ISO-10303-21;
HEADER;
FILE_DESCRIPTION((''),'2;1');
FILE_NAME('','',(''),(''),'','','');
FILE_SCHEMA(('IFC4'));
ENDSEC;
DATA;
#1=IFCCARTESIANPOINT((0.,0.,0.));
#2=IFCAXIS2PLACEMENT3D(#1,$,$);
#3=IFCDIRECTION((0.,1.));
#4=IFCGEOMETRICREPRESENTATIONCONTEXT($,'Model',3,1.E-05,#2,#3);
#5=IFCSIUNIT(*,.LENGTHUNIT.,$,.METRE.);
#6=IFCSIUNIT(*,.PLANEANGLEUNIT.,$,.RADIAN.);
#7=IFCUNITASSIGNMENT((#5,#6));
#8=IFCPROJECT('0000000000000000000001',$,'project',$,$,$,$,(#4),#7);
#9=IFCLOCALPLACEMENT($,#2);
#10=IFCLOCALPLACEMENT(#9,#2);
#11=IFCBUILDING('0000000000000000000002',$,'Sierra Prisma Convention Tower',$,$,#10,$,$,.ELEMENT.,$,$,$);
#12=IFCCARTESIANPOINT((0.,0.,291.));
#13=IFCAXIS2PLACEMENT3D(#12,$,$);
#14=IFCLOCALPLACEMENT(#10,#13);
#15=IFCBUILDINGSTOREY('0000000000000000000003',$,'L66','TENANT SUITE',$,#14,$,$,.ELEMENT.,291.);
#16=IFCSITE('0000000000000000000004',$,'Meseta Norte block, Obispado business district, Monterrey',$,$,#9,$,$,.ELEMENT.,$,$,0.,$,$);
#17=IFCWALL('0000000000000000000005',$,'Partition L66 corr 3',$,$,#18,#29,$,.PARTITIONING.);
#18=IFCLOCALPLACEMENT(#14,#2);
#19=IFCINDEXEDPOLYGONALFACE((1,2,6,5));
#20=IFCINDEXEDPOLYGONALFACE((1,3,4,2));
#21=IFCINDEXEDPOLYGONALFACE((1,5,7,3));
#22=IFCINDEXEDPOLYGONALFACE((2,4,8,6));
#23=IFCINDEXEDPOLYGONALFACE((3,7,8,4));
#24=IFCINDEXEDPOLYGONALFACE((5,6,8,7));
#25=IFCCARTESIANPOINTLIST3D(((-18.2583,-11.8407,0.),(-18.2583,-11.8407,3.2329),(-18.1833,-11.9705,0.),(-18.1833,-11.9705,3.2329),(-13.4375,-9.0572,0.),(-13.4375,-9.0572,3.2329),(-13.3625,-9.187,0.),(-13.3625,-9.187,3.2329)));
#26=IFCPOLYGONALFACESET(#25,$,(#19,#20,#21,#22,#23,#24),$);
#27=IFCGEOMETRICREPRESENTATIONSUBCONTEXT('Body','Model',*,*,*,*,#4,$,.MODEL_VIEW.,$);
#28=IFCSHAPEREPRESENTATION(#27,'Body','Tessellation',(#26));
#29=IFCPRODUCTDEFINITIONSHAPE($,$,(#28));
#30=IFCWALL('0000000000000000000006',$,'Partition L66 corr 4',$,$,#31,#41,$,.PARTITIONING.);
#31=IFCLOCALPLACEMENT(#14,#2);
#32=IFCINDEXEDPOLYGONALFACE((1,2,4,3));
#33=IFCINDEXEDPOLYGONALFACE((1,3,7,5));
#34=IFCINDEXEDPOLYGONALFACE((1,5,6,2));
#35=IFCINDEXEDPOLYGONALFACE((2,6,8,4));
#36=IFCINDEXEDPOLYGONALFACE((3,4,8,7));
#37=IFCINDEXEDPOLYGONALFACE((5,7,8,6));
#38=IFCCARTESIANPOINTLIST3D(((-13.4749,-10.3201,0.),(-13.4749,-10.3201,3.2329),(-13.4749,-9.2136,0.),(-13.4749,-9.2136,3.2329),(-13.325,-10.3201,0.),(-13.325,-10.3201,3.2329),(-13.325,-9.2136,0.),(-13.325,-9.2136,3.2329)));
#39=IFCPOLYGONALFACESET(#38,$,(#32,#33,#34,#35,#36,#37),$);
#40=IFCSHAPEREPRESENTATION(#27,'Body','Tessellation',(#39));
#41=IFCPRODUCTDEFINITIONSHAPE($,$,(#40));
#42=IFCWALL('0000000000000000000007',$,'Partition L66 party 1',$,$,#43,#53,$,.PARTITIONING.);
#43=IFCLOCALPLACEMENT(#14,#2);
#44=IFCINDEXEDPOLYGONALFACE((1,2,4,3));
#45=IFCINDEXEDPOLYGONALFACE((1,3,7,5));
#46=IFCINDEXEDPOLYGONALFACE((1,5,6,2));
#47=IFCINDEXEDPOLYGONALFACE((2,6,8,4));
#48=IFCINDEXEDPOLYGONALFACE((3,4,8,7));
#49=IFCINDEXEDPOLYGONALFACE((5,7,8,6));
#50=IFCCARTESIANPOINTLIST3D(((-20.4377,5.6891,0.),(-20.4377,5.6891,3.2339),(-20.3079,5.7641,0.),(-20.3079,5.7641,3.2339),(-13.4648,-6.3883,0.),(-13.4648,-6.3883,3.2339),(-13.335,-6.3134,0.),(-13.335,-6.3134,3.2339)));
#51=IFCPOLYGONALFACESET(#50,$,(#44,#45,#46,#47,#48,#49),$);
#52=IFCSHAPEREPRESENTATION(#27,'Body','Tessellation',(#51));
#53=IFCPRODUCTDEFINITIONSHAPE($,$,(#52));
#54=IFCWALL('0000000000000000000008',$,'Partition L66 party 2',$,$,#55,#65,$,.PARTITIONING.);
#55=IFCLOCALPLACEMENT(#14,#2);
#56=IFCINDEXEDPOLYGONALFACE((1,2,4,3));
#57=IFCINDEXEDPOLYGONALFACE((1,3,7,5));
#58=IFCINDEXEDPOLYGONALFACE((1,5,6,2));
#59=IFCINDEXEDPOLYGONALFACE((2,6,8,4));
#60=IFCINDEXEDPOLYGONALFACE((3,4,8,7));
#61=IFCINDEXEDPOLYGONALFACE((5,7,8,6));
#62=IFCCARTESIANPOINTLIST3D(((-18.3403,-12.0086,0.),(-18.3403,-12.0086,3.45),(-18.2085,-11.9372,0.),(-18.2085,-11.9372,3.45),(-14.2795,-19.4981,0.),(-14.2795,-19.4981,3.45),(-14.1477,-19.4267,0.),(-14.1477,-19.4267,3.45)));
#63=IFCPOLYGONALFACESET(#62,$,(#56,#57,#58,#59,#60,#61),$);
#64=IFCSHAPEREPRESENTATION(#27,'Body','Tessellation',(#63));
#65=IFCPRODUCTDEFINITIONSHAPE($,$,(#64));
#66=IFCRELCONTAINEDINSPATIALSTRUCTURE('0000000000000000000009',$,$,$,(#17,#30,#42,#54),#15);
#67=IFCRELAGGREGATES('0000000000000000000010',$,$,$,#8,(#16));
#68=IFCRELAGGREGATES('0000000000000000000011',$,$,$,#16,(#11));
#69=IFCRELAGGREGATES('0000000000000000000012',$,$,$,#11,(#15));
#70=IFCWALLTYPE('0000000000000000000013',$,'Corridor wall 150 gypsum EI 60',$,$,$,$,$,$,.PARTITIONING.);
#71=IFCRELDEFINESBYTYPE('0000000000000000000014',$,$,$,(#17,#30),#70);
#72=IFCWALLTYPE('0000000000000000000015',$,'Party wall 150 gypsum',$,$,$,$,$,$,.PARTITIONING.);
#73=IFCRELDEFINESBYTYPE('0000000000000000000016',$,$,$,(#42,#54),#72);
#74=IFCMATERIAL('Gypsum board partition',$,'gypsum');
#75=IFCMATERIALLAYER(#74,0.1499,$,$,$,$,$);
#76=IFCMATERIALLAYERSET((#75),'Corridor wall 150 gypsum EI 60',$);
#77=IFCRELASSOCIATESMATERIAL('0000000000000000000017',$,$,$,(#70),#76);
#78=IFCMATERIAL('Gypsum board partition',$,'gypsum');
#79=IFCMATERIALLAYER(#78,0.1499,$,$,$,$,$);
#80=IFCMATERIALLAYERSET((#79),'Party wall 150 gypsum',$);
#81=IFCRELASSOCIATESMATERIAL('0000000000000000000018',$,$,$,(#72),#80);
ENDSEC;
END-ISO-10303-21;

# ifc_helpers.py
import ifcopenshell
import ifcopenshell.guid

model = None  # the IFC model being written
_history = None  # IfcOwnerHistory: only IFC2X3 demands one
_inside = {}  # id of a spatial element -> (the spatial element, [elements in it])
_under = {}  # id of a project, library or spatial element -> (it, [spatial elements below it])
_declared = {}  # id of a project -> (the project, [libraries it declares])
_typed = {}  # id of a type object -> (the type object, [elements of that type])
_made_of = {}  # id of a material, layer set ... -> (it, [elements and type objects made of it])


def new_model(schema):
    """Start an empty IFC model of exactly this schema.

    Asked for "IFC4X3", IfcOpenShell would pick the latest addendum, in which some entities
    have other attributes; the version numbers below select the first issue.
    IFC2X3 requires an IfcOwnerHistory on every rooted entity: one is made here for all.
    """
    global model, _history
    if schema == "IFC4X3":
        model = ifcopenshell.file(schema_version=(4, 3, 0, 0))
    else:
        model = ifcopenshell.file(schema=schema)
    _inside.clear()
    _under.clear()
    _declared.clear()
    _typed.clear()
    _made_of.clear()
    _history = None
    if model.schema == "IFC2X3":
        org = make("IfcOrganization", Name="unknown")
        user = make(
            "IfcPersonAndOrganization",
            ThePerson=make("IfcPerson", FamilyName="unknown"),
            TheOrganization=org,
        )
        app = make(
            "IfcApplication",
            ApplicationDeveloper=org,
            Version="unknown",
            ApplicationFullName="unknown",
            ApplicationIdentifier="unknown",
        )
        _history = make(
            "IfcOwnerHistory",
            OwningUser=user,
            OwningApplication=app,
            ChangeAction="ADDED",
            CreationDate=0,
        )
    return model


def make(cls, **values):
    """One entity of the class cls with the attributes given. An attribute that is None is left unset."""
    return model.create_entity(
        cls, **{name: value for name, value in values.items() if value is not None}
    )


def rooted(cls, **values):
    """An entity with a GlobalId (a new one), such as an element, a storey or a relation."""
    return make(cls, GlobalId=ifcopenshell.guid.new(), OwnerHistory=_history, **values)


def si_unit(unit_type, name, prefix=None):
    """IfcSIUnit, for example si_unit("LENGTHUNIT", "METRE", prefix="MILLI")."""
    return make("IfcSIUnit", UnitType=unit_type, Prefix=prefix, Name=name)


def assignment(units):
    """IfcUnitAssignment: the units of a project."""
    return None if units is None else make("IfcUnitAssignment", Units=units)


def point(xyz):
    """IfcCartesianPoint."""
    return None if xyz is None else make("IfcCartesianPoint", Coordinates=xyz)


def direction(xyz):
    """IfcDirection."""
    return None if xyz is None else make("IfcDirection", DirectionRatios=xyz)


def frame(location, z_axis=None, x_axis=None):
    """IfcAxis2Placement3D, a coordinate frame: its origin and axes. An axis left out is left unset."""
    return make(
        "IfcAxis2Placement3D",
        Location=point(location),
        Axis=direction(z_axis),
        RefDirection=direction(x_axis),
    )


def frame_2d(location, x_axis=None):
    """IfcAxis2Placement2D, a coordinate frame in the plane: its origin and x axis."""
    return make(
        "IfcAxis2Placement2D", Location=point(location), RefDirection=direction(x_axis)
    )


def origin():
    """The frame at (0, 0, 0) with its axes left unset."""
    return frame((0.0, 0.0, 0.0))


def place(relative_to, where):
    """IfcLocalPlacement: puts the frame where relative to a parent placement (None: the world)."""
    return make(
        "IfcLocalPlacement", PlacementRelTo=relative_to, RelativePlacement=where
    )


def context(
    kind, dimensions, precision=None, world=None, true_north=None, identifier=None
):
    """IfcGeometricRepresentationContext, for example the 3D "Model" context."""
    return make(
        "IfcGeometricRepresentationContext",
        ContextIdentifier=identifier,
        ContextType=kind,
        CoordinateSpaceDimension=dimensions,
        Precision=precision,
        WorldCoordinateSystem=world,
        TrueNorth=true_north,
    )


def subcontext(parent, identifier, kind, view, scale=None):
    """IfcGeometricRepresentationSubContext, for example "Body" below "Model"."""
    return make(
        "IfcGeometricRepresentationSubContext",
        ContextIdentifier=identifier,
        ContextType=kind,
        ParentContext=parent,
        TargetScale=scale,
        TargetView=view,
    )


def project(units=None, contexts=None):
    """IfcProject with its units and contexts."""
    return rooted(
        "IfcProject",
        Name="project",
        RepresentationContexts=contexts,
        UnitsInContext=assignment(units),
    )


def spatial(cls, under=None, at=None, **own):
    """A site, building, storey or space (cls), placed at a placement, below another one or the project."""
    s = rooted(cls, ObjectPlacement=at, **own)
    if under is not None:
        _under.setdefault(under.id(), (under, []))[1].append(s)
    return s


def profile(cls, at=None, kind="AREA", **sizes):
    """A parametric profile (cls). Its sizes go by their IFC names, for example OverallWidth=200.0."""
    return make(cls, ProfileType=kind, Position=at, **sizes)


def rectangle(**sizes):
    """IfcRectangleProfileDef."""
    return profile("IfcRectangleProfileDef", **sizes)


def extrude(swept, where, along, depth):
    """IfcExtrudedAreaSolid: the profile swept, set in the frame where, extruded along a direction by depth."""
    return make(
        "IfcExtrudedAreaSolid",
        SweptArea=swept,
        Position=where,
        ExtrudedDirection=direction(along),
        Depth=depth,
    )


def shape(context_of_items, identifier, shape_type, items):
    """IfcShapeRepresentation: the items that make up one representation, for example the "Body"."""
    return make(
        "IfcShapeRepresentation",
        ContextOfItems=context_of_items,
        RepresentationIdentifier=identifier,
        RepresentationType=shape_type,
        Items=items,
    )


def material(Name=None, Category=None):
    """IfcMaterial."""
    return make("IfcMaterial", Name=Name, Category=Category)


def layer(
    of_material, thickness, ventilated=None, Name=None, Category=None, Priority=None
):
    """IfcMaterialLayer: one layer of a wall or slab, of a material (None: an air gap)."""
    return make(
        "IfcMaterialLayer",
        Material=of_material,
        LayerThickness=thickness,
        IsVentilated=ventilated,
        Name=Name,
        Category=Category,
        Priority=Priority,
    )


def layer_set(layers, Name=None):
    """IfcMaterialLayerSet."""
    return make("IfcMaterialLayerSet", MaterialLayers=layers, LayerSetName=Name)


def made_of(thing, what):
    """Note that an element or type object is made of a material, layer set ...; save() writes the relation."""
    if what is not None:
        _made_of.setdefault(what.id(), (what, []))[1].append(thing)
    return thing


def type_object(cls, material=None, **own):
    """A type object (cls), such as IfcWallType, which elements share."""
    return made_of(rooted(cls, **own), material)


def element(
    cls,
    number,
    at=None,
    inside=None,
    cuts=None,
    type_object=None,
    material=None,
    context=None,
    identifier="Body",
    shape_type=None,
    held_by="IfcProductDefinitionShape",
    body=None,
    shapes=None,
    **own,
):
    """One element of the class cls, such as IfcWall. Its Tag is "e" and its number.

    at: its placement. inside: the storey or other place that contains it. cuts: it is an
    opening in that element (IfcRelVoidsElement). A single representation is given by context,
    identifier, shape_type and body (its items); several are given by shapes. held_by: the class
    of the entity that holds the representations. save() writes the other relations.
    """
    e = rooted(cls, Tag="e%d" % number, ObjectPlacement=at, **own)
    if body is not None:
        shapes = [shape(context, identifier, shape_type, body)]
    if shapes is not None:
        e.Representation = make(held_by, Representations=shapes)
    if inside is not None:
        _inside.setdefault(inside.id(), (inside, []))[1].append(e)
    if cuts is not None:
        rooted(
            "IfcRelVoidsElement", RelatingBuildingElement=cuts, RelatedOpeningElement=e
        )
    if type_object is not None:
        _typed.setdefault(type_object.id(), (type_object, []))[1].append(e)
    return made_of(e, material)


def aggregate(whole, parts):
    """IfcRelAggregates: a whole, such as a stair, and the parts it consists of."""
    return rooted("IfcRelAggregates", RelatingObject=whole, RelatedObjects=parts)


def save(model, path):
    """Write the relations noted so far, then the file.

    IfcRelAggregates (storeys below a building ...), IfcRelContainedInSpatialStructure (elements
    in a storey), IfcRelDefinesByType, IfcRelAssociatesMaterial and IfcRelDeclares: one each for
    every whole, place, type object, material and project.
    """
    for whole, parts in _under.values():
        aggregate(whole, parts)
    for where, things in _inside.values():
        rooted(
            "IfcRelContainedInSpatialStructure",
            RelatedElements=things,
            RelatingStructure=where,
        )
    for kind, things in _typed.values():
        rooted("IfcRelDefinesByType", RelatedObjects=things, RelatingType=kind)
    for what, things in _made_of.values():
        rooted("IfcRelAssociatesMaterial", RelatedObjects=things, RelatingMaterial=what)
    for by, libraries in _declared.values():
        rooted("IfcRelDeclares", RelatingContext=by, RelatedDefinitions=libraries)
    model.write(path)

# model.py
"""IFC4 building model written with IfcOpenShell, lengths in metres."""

from ifc_helpers import new_model, si_unit, direction, frame, frame_2d, origin, place, context, subcontext, project, spatial, rectangle, extrude, material, layer, layer_set, type_object, element, save


model = new_model("IFC4")

# Units and contexts
model_context = context("Model", 3, precision=1e-05, world=origin(), true_north=direction((0.0, 1.0)))
body_context = subcontext(model_context, "Body", "Model", "MODEL_VIEW")
ifc_project = project(units=[si_unit("LENGTHUNIT", "METRE"), si_unit("PLANEANGLEUNIT", "RADIAN")], contexts=[model_context])

# Site, building, storey
site_placement = place(None, origin())
site = spatial("IfcSite", under=ifc_project, at=site_placement, Name="Meseta Norte block, Obispado business district, Monterrey", CompositionType="ELEMENT", RefElevation=0.0)
building_placement = place(site_placement, origin())
building = spatial("IfcBuilding", under=site, at=building_placement, Name="Sierra Prisma Convention Tower", CompositionType="ELEMENT")
storey_placement = place(building_placement, frame((0.0, 0.0, 291.0)))
storey = spatial("IfcBuildingStorey", under=building, at=storey_placement, Name="L66", Description="TENANT SUITE", CompositionType="ELEMENT", Elevation=291.0)

# Shared definitions
ifc_material_1 = material(Name="Gypsum board partition", Category="gypsum")
ifc_layer_1 = layer(ifc_material_1, 0.1499)
ifc_layer_set_1 = layer_set([ifc_layer_1], Name="Corridor wall 150 gypsum EI 60")
wall_type_1 = type_object("IfcWallType", Name="Corridor wall 150 gypsum EI 60", PredefinedType="PARTITIONING", material=ifc_layer_set_1)

# Walls
wall_1_placement = place(storey_placement, frame((-18.2207, -11.9055, 0.0), z_axis=(0.0, 0.0, 1.0), x_axis=(0.866013, 0.500021, 0.0)))
element("IfcWall", 1, at=wall_1_placement, inside=storey, type_object=wall_type_1, Name="Partition L66 corr 3", PredefinedType="PARTITIONING", context=body_context, shape_type="SweptSolid", body=[
    extrude(rectangle(XDim=5.5667, YDim=0.1499, at=frame_2d((2.7832, 0.0))), origin(), (0.0, 0.0, 1.0), 3.2329),
])
wall_2_placement = place(storey_placement, frame((-13.3999, -9.2136, 0.0), z_axis=(0.0, 0.0, 1.0), x_axis=(0.0, -1.0, 0.0)))
element("IfcWall", 2, at=wall_2_placement, inside=storey, type_object=wall_type_1, Name="Partition L66 corr 4", PredefinedType="PARTITIONING", context=body_context, shape_type="SweptSolid", body=[
    extrude(rectangle(XDim=1.1064, YDim=0.1499, at=frame_2d((0.5532, 0.0))), origin(), (0.0, 0.0, 1.0), 3.2329),
])
ifc_material_2 = material(Name="Gypsum board partition", Category="gypsum")
ifc_layer_2 = layer(ifc_material_2, 0.1499)
ifc_layer_set_2 = layer_set([ifc_layer_2], Name="Party wall 150 gypsum")
wall_type_2 = type_object("IfcWallType", Name="Party wall 150 gypsum", PredefinedType="PARTITIONING", material=ifc_layer_set_2)
wall_3_placement = place(storey_placement, frame((-13.3999, -6.3508, 0.0), z_axis=(0.0, 0.0, 1.0), x_axis=(-0.500001, 0.866025, 0.0)))
element("IfcWall", 3, at=wall_3_placement, inside=storey, type_object=wall_type_2, Name="Partition L66 party 1", PredefinedType="PARTITIONING", context=body_context, shape_type="SweptSolid", body=[
    extrude(rectangle(XDim=13.9458, YDim=0.1499, at=frame_2d((6.9729, 0.0))), origin(), (0.0, 0.0, 1.0), 3.2339),
])
wall_4_placement = place(storey_placement, frame((-18.2744, -11.9729, 0.0), z_axis=(0.0, 0.0, 1.0), x_axis=(0.476644, -0.879096, 0.0)))
element("IfcWall", 4, at=wall_4_placement, inside=storey, type_object=wall_type_2, Name="Partition L66 party 2", PredefinedType="PARTITIONING", context=body_context, shape_type="SweptSolid", body=[
    extrude(rectangle(XDim=8.5195, YDim=0.1499, at=frame_2d((4.2598, 0.0))), origin(), (0.0, 0.0, 1.0), 3.45),
])

save(model, "model.ifc")
